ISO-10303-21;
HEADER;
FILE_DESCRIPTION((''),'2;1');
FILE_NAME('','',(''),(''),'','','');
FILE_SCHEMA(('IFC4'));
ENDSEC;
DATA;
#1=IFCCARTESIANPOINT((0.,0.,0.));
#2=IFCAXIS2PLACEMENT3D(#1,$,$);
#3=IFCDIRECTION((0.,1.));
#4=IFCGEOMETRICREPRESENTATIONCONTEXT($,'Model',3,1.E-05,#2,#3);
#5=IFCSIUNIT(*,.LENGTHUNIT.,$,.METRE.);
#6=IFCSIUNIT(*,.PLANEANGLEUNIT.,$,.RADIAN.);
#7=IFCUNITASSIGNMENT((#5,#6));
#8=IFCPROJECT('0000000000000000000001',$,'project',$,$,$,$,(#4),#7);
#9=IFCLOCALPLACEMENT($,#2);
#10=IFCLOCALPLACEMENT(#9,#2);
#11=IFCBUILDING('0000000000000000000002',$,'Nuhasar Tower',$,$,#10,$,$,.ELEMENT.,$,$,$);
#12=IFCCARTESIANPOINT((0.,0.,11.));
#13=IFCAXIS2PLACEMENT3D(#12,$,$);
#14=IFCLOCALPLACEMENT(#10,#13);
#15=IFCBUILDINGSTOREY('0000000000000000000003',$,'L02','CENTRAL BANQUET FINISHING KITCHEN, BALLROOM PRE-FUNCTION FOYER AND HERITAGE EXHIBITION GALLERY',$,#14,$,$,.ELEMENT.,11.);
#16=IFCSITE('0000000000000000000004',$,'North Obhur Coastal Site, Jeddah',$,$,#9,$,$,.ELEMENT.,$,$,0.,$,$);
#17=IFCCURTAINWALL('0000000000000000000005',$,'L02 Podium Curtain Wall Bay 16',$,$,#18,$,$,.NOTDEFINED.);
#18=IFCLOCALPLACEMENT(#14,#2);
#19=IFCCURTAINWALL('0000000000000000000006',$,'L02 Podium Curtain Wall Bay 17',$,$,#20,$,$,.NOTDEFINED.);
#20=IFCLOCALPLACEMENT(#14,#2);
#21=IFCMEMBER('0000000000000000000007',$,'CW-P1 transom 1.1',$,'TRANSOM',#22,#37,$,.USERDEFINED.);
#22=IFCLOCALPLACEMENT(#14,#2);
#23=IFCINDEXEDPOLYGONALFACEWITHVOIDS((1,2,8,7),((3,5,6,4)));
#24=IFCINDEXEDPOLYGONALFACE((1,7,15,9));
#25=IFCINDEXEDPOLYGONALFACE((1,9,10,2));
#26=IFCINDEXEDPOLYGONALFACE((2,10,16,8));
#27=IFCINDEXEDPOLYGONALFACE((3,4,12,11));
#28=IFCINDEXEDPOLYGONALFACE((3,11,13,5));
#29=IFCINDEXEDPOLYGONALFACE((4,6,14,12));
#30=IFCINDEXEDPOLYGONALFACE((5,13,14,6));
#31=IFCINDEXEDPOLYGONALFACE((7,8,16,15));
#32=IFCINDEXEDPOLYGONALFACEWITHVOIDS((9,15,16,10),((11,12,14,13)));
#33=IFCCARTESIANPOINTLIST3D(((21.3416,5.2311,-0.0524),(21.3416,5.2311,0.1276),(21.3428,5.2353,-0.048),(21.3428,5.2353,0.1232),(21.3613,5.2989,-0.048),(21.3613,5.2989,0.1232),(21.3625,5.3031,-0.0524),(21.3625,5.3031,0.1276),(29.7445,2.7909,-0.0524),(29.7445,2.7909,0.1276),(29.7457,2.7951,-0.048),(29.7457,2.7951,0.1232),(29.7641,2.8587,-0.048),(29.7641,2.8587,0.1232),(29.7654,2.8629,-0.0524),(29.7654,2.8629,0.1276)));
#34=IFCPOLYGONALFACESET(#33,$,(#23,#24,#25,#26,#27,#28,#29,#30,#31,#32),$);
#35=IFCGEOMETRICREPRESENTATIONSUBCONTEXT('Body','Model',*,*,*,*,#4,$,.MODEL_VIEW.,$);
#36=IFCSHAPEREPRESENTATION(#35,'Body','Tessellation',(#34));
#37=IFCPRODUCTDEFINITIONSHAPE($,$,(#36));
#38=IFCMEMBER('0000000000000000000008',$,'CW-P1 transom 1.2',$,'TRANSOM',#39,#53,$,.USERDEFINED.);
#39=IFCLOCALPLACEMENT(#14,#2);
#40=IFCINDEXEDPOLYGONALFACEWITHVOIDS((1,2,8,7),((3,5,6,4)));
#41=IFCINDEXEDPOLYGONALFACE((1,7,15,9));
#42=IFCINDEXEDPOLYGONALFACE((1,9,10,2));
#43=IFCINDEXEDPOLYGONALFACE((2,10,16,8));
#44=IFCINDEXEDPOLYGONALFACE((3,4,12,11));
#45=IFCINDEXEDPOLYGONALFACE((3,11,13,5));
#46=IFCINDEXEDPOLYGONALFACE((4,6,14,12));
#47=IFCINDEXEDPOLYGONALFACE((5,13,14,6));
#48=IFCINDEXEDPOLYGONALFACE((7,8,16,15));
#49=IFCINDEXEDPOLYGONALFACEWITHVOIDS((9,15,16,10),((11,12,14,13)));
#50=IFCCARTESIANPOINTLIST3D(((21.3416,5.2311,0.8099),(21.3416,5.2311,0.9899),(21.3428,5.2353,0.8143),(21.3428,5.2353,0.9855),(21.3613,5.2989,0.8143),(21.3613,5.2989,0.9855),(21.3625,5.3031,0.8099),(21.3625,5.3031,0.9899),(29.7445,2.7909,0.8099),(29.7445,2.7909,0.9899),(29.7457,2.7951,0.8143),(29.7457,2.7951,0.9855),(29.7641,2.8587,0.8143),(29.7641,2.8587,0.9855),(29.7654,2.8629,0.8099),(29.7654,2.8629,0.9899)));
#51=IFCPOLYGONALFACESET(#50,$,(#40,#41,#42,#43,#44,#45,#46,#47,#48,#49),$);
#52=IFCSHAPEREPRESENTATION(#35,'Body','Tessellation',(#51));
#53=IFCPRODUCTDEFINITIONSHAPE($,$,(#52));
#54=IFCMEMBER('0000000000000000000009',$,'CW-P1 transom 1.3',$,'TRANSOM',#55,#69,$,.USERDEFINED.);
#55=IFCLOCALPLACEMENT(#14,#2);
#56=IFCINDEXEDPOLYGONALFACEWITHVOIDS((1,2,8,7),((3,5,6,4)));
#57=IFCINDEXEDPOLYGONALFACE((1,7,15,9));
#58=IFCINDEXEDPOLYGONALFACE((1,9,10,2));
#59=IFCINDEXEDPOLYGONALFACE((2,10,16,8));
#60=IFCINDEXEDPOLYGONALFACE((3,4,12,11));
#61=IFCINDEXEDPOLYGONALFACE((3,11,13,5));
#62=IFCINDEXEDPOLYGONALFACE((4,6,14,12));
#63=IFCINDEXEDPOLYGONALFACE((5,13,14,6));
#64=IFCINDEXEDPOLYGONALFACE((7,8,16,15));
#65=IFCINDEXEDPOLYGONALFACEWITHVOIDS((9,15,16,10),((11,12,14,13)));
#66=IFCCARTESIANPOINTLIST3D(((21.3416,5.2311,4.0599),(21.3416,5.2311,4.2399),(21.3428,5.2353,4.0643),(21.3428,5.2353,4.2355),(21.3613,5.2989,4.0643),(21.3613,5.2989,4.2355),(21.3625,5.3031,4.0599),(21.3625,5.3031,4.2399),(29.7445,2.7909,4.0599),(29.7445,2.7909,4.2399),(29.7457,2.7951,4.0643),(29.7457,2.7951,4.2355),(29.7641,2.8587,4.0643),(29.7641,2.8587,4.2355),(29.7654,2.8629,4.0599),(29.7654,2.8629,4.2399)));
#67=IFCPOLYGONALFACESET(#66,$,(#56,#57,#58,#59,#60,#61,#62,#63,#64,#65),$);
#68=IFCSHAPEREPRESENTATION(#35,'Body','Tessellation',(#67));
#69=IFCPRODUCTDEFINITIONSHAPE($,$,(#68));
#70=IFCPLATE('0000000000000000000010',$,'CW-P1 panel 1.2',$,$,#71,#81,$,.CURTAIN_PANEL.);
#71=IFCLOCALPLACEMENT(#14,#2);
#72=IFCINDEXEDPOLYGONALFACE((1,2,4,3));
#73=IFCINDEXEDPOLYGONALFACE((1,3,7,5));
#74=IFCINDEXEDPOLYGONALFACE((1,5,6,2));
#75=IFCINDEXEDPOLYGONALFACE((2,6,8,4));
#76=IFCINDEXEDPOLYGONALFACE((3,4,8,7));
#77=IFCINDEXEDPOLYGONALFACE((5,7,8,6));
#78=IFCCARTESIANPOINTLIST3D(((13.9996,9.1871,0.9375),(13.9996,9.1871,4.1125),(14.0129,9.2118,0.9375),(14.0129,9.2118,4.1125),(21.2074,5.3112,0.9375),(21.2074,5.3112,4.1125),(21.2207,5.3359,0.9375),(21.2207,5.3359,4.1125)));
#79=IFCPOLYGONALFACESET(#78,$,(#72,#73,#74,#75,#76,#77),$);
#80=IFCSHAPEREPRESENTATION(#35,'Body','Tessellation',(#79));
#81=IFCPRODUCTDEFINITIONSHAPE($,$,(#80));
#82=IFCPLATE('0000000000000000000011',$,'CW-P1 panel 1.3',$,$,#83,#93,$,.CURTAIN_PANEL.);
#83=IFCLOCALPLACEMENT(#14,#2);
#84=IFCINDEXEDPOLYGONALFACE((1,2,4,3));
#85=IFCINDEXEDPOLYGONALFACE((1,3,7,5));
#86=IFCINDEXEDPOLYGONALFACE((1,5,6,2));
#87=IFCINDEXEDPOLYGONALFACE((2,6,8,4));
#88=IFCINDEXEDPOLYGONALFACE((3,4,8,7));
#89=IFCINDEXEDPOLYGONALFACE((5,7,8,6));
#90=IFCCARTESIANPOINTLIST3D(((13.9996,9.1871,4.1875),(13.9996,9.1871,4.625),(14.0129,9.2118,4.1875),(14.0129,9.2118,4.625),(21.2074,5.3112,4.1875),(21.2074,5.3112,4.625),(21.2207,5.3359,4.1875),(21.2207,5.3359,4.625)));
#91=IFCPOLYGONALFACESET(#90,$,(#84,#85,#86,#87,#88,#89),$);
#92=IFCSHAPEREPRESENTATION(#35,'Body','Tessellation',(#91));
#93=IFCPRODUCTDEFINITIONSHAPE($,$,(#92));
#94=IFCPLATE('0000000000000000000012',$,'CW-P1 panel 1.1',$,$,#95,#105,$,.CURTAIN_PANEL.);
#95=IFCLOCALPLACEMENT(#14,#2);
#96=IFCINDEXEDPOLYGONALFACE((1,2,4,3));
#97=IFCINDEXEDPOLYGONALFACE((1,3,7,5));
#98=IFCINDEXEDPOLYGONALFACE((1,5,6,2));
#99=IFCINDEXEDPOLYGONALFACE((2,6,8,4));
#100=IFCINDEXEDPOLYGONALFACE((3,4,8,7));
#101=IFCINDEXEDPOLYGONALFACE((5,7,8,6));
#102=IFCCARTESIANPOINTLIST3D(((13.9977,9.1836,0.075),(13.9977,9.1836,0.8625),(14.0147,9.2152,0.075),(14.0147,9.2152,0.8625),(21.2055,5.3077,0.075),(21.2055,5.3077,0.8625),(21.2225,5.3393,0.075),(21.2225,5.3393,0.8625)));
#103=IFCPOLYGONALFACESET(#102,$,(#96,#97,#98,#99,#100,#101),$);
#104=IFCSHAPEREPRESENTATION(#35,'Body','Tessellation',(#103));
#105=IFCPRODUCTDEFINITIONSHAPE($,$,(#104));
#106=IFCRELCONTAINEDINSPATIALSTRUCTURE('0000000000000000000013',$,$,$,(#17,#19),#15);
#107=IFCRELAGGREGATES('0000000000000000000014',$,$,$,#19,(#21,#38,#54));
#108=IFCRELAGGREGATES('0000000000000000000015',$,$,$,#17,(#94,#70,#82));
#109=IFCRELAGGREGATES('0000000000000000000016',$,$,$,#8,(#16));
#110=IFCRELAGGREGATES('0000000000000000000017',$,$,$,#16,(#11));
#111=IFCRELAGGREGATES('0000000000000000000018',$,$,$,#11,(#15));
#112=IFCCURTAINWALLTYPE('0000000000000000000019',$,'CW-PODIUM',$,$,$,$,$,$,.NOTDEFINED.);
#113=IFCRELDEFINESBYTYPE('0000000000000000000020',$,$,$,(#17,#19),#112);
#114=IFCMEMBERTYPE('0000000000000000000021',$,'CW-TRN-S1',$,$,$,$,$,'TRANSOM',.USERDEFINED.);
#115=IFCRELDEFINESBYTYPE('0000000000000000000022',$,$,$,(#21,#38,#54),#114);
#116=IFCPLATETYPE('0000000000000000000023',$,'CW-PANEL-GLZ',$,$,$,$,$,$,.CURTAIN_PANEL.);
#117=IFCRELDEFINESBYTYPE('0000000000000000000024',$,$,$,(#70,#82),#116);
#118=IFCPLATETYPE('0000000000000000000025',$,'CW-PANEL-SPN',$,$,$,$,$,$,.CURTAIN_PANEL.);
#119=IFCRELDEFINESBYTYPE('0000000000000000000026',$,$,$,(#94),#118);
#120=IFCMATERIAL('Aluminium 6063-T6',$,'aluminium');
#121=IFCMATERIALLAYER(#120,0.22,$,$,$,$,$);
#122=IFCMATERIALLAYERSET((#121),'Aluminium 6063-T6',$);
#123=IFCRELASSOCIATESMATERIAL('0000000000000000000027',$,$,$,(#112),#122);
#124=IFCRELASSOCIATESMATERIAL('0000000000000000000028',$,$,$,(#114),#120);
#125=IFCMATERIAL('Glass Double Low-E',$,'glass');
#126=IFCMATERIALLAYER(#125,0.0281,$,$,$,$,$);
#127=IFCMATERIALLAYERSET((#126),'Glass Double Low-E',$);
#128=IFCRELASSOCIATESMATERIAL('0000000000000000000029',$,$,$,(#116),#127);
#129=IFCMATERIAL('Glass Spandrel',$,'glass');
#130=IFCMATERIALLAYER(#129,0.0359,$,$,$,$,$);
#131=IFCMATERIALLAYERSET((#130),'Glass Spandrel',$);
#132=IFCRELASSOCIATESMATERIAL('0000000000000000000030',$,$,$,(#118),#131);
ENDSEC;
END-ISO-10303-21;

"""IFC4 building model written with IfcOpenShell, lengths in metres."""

from ifc_helpers import new_model, si_unit, direction, frame, origin, origin_2d, place, context, subcontext, project, spatial, rectangle, hollow_rectangle, extrude, material, layer, layer_set, material_profile, profile_set, type_object, element, aggregate, save


model = new_model("IFC4")

# Units and contexts
model_context = context("Model", 3, precision=1e-05, world=origin(), true_north=direction((0.0, 1.0)))
body_context = subcontext(model_context, "Body", "Model", "MODEL_VIEW")
ifc_project = project(units=[si_unit("LENGTHUNIT", "METRE"), si_unit("PLANEANGLEUNIT", "RADIAN")], contexts=[model_context])

# Site, building, storey
site_placement = place(None, origin())
site = spatial("IfcSite", under=ifc_project, at=site_placement, Name="North Obhur Coastal Site, Jeddah", CompositionType="ELEMENT", RefElevation=0.0)
building_placement = place(site_placement, origin())
building = spatial("IfcBuilding", under=site, at=building_placement, Name="Nuhasar Tower", CompositionType="ELEMENT")
storey_placement = place(building_placement, frame((0.0, 0.0, 11.0)))
storey = spatial("IfcBuildingStorey", under=building, at=storey_placement, Name="L02", Description="CENTRAL BANQUET FINISHING KITCHEN, BALLROOM PRE-FUNCTION FOYER AND HERITAGE EXHIBITION GALLERY", CompositionType="ELEMENT", Elevation=11.0)

# Shared definitions
ifc_material_1 = material(Name="Aluminium 6063-T6", Category="aluminium")
ifc_layer_1 = layer(ifc_material_1, 0.22)
ifc_layer_set_1 = layer_set([ifc_layer_1], Name="Aluminium 6063-T6")
curtain_wall_type = type_object("IfcCurtainWallType", Name="CW-PODIUM", PredefinedType="NOTDEFINED", material=ifc_layer_set_1)

# Curtain wall
curtain_wall_1_placement = place(storey_placement, origin())
curtain_wall_1 = element("IfcCurtainWall", 1, at=curtain_wall_1_placement, inside=storey, type_object=curtain_wall_type, Name="L02 Podium Curtain Wall Bay 16", PredefinedType="NOTDEFINED")

# Curtain wall
curtain_wall_2_placement = place(storey_placement, origin())
curtain_wall_2 = element("IfcCurtainWall", 2, at=curtain_wall_2_placement, inside=storey, type_object=curtain_wall_type, Name="L02 Podium Curtain Wall Bay 17", PredefinedType="NOTDEFINED")

# Members
ifc_material_profile_1 = material_profile(ifc_material_1, hollow_rectangle(XDim=0.075, YDim=0.1799, WallThickness=0.0044, at=origin_2d()), Name="CWT-1")
ifc_profile_set_1 = profile_set([ifc_material_profile_1], Name="Aluminium 6063-T6")
member_type_1 = type_object("IfcMemberType", Name="CW-TRN-S1", ElementType="TRANSOM", PredefinedType="USERDEFINED", material=ifc_profile_set_1)
member_1_placement = place(storey_placement, frame((21.3521, 5.2671, 0.0376), z_axis=(0.960326, -0.278879, 0.0), x_axis=(0.278879, 0.960326, 0.0)))
member_1 = element("IfcMember", 3, at=member_1_placement, type_object=member_type_1, Name="CW-P1 transom 1.1", ObjectType="TRANSOM", PredefinedType="USERDEFINED", context=body_context, shape_type="SweptSolid", body=[
    extrude(hollow_rectangle(XDim=0.075, YDim=0.1799, WallThickness=0.0044, at=origin_2d()), origin(), (0.0, 0.0, 1.0), 8.75),
])
member_2_placement = place(storey_placement, frame((21.3521, 5.2671, 0.8999), z_axis=(0.960326, -0.278879, 0.0), x_axis=(0.278879, 0.960326, 0.0)))
member_2 = element("IfcMember", 4, at=member_2_placement, type_object=member_type_1, Name="CW-P1 transom 1.2", ObjectType="TRANSOM", PredefinedType="USERDEFINED", context=body_context, shape_type="SweptSolid", body=[
    extrude(hollow_rectangle(XDim=0.075, YDim=0.1799, WallThickness=0.0044, at=origin_2d()), origin(), (0.0, 0.0, 1.0), 8.75),
])
member_3_placement = place(storey_placement, frame((21.3521, 5.2671, 4.1499), z_axis=(0.960326, -0.278879, 0.0), x_axis=(0.278879, 0.960326, 0.0)))
member_3 = element("IfcMember", 5, at=member_3_placement, type_object=member_type_1, Name="CW-P1 transom 1.3", ObjectType="TRANSOM", PredefinedType="USERDEFINED", context=body_context, shape_type="SweptSolid", body=[
    extrude(hollow_rectangle(XDim=0.075, YDim=0.1799, WallThickness=0.0044, at=origin_2d()), origin(), (0.0, 0.0, 1.0), 8.75),
])
aggregate(curtain_wall_2, [member_1, member_2, member_3])

# Plates
ifc_material_2 = material(Name="Glass Double Low-E", Category="glass")
ifc_layer_2 = layer(ifc_material_2, 0.0281)
ifc_layer_set_2 = layer_set([ifc_layer_2], Name="Glass Double Low-E")
plate_type_1 = type_object("IfcPlateType", Name="CW-PANEL-GLZ", PredefinedType="CURTAIN_PANEL", material=ifc_layer_set_2)
plate_1_placement = place(storey_placement, frame((17.6101, 7.2615, 0.9375), z_axis=(0.0, 0.0, 1.0), x_axis=(0.880737, -0.473606, 0.0)))
plate_1 = element("IfcPlate", 6, at=plate_1_placement, type_object=plate_type_1, Name="CW-P1 panel 1.2", PredefinedType="CURTAIN_PANEL", context=body_context, shape_type="SweptSolid", body=[
    extrude(rectangle(XDim=8.1838, YDim=0.0281, at=origin_2d()), origin(), (0.0, 0.0, 1.0), 3.175),
])
plate_2_placement = place(storey_placement, frame((17.6101, 7.2615, 4.1875), z_axis=(0.0, 0.0, 1.0), x_axis=(0.880737, -0.473606, 0.0)))
plate_2 = element("IfcPlate", 7, at=plate_2_placement, type_object=plate_type_1, Name="CW-P1 panel 1.3", PredefinedType="CURTAIN_PANEL", context=body_context, shape_type="SweptSolid", body=[
    extrude(rectangle(XDim=8.1838, YDim=0.0281, at=origin_2d()), origin(), (0.0, 0.0, 1.0), 0.4375),
])
ifc_material_3 = material(Name="Glass Spandrel", Category="glass")
ifc_layer_3 = layer(ifc_material_3, 0.0359)
ifc_layer_set_3 = layer_set([ifc_layer_3], Name="Glass Spandrel")
plate_type_2 = type_object("IfcPlateType", Name="CW-PANEL-SPN", PredefinedType="CURTAIN_PANEL", material=ifc_layer_set_3)
plate_3_placement = place(storey_placement, frame((17.6101, 7.2615, 0.075), z_axis=(0.0, 0.0, 1.0), x_axis=(0.880737, -0.473606, 0.0)))
plate_3 = element("IfcPlate", 8, at=plate_3_placement, type_object=plate_type_2, Name="CW-P1 panel 1.1", PredefinedType="CURTAIN_PANEL", context=body_context, shape_type="SweptSolid", body=[
    extrude(rectangle(XDim=8.1838, YDim=0.0359, at=origin_2d()), origin(), (0.0, 0.0, 1.0), 0.7876),
])
aggregate(curtain_wall_1, [plate_3, plate_1, plate_2])

save(model, "model.ifc")
